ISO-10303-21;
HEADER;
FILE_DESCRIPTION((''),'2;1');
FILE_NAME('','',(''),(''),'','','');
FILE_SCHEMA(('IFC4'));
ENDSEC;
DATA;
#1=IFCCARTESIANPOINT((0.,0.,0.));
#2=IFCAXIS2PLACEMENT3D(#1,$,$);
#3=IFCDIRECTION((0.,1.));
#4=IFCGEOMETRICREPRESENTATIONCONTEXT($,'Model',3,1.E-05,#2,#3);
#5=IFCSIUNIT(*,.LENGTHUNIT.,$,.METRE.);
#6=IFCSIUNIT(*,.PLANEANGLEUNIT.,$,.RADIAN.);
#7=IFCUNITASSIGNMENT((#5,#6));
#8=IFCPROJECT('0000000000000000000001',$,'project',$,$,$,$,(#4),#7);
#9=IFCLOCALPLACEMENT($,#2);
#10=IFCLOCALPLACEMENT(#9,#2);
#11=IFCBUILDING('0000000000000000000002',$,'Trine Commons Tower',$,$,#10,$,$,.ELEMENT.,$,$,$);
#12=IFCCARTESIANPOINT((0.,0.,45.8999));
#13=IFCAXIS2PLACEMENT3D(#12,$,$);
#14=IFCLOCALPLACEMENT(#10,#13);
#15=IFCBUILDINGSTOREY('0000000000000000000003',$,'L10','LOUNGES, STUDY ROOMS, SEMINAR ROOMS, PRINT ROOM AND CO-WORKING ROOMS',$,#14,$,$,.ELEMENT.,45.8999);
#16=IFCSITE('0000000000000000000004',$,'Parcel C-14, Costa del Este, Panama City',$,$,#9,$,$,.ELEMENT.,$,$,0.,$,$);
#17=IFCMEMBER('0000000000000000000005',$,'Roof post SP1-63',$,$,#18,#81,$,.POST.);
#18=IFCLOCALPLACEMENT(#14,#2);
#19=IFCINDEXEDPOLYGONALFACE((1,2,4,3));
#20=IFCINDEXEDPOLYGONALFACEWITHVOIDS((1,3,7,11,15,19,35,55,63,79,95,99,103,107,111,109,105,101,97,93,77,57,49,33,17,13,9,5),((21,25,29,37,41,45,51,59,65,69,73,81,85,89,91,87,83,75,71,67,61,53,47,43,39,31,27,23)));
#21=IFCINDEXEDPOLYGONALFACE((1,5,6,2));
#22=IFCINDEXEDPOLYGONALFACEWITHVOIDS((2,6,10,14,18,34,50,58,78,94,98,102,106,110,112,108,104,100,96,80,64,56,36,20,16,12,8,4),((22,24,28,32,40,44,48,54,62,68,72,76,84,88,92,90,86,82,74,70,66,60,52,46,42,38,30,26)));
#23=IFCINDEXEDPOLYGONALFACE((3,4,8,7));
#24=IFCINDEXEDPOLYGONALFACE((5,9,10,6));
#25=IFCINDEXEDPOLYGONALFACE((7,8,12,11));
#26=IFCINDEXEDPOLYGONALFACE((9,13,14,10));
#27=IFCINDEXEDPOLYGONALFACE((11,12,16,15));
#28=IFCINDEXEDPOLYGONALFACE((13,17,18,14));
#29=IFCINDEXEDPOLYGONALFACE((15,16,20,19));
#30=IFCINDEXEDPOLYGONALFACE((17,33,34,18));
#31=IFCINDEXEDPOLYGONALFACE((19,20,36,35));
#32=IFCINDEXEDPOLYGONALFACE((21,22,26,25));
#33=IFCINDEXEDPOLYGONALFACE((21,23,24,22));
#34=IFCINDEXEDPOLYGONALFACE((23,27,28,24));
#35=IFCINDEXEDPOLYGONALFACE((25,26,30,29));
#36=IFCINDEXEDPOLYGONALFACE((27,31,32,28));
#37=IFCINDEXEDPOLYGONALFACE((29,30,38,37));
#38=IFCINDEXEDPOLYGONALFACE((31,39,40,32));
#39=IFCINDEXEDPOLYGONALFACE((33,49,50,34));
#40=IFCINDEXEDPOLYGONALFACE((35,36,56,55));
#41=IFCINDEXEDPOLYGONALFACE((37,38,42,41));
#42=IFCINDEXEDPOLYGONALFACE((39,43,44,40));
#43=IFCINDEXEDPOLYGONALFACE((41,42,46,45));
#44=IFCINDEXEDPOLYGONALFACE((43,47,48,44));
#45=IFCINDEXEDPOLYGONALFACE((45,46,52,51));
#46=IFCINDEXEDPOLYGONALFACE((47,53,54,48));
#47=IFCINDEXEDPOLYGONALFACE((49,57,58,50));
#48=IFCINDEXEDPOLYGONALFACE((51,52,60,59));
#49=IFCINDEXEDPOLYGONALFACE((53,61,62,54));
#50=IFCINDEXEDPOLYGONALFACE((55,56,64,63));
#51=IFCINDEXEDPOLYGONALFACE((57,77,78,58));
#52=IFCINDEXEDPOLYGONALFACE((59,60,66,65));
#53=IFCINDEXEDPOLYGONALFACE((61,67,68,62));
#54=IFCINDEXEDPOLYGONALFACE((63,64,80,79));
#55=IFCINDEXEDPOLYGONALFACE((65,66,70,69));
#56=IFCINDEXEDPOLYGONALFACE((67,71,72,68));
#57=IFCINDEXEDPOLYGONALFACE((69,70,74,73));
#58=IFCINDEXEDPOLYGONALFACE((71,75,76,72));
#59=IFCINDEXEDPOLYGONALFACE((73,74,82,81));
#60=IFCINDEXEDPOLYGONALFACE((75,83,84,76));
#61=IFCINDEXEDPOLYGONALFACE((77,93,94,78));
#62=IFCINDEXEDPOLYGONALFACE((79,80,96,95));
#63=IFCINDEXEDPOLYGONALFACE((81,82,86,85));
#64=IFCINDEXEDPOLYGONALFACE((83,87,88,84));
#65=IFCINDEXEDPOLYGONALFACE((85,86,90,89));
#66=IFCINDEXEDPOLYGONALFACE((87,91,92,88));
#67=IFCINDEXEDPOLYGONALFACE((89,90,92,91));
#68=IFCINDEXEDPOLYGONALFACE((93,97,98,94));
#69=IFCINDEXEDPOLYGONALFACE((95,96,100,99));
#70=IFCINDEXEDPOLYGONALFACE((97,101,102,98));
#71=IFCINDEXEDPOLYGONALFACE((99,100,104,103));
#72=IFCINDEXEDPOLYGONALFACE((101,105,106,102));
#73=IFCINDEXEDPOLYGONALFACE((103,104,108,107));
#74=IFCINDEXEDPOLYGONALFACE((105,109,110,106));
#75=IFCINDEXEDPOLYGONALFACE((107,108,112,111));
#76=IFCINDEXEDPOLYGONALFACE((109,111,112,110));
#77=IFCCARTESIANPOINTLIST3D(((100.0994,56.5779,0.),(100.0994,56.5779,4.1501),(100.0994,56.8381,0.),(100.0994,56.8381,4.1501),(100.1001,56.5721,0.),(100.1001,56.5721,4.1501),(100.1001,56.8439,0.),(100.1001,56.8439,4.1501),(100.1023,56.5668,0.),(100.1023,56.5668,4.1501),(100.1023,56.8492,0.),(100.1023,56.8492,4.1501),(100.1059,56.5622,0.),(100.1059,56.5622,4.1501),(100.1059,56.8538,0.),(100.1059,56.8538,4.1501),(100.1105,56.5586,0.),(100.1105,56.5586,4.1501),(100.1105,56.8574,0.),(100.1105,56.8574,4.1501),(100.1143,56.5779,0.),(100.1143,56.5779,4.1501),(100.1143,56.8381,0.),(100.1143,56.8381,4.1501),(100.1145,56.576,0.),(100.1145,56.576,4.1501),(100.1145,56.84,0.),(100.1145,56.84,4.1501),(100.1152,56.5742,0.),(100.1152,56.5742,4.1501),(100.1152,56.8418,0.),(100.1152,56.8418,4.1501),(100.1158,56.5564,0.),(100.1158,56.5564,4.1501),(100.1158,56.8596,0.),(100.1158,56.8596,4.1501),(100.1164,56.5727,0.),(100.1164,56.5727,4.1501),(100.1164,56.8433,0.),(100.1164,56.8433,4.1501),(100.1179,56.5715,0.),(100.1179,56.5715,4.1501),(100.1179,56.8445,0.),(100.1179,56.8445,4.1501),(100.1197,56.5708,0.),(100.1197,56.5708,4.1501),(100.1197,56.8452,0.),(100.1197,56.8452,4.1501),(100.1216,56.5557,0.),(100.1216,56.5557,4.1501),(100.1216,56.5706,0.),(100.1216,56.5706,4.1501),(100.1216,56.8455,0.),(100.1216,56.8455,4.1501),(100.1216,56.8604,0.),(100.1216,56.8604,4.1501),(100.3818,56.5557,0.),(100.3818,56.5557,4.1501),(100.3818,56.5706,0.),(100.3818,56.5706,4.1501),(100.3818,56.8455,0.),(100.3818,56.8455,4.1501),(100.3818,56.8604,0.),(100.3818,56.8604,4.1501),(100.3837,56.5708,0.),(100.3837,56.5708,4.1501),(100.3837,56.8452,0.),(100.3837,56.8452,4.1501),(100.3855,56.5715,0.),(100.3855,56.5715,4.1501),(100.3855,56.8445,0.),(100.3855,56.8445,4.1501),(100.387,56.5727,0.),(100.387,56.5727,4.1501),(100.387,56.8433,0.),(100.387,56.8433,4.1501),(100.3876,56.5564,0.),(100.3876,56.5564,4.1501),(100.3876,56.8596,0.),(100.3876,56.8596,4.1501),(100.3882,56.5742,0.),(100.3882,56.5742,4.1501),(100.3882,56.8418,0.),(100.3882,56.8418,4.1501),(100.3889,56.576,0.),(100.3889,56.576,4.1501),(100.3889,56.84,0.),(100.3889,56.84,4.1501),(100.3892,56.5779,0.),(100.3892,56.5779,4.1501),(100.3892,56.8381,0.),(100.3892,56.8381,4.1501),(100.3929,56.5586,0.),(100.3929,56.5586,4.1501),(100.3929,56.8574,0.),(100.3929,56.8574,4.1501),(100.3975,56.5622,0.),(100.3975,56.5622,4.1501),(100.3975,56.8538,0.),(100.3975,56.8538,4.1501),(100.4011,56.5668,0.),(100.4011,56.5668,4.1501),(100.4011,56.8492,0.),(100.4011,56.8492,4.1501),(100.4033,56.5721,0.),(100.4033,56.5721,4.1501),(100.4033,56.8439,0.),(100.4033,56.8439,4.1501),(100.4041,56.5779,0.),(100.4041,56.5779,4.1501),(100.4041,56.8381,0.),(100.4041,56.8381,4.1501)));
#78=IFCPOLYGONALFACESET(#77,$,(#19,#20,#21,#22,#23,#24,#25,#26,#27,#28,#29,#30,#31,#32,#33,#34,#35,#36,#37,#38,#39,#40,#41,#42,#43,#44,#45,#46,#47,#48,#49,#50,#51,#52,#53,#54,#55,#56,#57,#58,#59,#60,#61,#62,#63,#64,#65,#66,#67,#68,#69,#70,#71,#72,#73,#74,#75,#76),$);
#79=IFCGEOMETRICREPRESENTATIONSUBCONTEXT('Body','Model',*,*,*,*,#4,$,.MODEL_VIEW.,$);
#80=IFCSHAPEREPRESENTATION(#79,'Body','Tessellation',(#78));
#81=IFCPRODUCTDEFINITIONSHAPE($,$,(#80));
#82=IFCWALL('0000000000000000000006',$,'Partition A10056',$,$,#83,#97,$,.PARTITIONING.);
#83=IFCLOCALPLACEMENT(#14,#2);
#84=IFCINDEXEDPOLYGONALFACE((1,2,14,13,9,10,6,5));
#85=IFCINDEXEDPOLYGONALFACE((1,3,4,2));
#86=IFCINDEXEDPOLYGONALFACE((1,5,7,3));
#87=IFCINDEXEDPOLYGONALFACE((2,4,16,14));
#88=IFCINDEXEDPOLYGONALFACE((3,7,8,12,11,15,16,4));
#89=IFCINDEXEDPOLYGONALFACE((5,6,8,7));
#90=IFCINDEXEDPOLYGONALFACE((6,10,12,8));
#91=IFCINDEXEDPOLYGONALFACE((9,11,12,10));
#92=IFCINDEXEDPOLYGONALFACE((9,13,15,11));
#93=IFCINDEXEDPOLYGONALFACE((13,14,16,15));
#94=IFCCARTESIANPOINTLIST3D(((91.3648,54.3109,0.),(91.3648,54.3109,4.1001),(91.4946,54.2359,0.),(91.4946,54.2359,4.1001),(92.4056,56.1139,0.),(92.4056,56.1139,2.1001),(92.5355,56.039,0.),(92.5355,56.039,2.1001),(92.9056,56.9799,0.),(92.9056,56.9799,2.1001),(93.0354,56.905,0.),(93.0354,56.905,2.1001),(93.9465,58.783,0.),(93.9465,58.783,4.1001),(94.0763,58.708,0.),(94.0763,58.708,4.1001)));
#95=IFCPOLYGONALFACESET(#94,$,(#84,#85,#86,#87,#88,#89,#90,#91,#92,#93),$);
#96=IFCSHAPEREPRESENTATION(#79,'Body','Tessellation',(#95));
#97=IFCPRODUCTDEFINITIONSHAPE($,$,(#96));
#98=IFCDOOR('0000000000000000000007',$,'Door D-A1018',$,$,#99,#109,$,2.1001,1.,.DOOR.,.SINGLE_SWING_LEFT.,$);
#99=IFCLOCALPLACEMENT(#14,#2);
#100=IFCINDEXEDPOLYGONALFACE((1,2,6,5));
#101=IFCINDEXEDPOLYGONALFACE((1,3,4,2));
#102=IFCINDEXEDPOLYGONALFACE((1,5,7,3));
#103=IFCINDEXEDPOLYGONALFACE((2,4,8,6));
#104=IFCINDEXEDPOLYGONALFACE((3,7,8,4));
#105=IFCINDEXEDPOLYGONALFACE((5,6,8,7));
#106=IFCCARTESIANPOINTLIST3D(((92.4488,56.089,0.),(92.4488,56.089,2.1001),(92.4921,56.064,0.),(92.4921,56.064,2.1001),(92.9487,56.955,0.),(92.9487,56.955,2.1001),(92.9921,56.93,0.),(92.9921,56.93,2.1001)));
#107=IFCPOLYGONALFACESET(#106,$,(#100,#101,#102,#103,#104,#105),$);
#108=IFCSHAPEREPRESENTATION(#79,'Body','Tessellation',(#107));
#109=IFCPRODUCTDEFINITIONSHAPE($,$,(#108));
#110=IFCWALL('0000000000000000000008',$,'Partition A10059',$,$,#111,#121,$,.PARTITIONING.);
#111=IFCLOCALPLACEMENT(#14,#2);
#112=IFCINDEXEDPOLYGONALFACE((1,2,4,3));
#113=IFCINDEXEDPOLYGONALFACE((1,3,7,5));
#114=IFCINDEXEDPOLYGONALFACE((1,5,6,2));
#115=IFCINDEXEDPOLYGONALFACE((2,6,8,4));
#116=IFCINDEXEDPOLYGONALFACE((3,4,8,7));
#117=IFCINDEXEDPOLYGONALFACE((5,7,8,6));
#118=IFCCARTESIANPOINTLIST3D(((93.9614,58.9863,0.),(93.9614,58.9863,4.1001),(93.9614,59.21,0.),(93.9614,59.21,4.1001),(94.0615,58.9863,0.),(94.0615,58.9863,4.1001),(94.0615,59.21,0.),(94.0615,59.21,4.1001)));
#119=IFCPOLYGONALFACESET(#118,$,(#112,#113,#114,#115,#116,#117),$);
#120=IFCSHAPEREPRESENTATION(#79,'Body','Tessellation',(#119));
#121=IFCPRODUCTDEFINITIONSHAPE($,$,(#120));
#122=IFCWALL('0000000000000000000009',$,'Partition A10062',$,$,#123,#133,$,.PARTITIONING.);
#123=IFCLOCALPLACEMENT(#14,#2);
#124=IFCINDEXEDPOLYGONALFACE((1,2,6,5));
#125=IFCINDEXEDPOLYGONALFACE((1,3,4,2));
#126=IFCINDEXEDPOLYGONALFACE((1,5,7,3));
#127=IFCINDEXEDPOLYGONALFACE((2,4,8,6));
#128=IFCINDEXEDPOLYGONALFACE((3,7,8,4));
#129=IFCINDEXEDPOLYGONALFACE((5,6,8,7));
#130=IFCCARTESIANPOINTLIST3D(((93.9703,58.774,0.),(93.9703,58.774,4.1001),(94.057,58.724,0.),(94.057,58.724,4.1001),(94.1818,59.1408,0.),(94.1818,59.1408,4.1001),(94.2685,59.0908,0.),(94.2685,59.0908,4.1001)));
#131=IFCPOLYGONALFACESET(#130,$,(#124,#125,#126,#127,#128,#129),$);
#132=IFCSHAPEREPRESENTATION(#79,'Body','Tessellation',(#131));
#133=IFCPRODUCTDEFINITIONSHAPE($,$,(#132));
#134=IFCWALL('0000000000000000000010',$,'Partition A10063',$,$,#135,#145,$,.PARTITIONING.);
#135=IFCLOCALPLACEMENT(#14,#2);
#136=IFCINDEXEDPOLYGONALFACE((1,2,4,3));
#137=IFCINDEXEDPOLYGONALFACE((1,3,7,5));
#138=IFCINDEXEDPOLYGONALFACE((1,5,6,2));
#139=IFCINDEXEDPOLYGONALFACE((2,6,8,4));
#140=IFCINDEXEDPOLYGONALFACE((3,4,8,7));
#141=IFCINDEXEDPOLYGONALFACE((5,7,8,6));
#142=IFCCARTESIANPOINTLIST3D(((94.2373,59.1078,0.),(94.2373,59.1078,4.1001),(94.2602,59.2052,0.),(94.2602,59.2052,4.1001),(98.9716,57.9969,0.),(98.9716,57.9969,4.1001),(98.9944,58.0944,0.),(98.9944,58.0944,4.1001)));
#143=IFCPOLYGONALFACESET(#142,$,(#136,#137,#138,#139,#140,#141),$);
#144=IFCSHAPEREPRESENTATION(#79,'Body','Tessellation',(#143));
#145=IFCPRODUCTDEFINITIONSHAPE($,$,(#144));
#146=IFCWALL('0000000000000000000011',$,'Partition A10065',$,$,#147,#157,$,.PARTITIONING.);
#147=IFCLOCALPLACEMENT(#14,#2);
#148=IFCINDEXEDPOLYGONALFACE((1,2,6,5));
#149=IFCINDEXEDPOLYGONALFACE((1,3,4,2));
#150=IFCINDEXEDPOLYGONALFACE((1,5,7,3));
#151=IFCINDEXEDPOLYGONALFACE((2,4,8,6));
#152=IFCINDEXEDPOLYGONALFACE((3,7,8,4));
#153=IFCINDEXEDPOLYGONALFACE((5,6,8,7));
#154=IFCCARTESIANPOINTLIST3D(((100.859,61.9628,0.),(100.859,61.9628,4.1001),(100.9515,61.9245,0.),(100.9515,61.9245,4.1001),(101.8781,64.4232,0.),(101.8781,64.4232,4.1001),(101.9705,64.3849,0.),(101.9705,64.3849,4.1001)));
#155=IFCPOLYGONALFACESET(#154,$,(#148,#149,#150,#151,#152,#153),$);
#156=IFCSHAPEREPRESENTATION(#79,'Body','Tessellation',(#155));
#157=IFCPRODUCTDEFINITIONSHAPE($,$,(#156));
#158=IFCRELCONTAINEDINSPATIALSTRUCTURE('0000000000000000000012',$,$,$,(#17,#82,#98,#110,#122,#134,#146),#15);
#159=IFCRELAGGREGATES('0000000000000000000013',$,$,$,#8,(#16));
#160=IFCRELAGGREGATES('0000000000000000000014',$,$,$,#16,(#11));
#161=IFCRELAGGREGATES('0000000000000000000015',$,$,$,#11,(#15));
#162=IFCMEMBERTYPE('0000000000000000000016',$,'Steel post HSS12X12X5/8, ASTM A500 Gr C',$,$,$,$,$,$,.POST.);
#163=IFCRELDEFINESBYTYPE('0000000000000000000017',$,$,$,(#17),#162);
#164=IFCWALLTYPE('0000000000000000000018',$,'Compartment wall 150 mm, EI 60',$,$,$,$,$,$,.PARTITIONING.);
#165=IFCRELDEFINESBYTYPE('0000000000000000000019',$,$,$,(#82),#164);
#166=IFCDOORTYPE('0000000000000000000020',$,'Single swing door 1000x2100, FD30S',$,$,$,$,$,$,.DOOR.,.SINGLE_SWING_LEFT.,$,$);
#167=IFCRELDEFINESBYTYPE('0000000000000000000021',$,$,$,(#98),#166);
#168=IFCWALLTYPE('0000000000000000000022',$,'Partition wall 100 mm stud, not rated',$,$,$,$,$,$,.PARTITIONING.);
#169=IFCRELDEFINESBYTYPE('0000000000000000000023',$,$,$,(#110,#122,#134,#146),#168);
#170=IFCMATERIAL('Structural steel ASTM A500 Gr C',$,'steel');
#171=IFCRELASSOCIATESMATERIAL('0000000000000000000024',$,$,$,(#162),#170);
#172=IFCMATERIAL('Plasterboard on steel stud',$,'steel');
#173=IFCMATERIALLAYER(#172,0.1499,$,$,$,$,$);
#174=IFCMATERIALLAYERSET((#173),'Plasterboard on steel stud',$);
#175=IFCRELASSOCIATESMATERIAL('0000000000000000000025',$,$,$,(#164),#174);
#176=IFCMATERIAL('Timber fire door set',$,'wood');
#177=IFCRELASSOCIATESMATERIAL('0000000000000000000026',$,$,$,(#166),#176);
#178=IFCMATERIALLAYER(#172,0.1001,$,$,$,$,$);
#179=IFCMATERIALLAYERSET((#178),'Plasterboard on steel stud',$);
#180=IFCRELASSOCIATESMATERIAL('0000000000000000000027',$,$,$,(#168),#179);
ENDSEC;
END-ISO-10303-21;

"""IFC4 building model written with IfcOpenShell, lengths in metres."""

from ifc_helpers import new_model, si_unit, direction, frame, frame_2d, origin, origin_2d, place, context, subcontext, project, spatial, rectangle, hollow_rectangle, extrude, material, layer, layer_set, material_profile, profile_set, type_object, element, fill, save


model = new_model("IFC4")

# Units and contexts
model_context = context("Model", 3, precision=1e-05, world=origin(), true_north=direction((0.0, 1.0)))
body_context = subcontext(model_context, "Body", "Model", "MODEL_VIEW")
ifc_project = project(units=[si_unit("LENGTHUNIT", "METRE"), si_unit("PLANEANGLEUNIT", "RADIAN")], contexts=[model_context])

# Site, building, storey
site_placement = place(None, origin())
site = spatial("IfcSite", under=ifc_project, at=site_placement, Name="Parcel C-14, Costa del Este, Panama City", CompositionType="ELEMENT", RefElevation=0.0)
building_placement = place(site_placement, origin())
building = spatial("IfcBuilding", under=site, at=building_placement, Name="Trine Commons Tower", CompositionType="ELEMENT")
storey_placement = place(building_placement, frame((0.0, 0.0, 45.8999)))
storey = spatial("IfcBuildingStorey", under=building, at=storey_placement, Name="L10", Description="LOUNGES, STUDY ROOMS, SEMINAR ROOMS, PRINT ROOM AND CO-WORKING ROOMS", CompositionType="ELEMENT", Elevation=45.8999)

# Member
ifc_material_1 = material(Name="Structural steel ASTM A500 Gr C", Category="steel")
ifc_material_profile_1 = material_profile(ifc_material_1, hollow_rectangle(XDim=0.3047, YDim=0.3047, WallThickness=0.0149, InnerFilletRadius=0.0073, OuterFilletRadius=0.0222, at=origin_2d()), Name="HSS12X12X5/8")
ifc_profile_set_1 = profile_set([ifc_material_profile_1], Name="Structural steel ASTM A500 Gr C")
member_type_1 = type_object("IfcMemberType", Name="Steel post HSS12X12X5/8, ASTM A500 Gr C", PredefinedType="POST", material=ifc_profile_set_1)
member_1_placement = place(storey_placement, frame((100.2517, 56.708, 0.0), z_axis=(0.0, 0.0, 1.0), x_axis=(1.0, 0.0, 0.0)))
element("IfcMember", 1, at=member_1_placement, inside=storey, type_object=member_type_1, Name="Roof post SP1-63", PredefinedType="POST", context=body_context, shape_type="SweptSolid", body=[
    extrude(hollow_rectangle(XDim=0.3047, YDim=0.3047, WallThickness=0.0149, InnerFilletRadius=0.0073, OuterFilletRadius=0.0222, at=origin_2d()), origin(), (0.0, 0.0, 1.0), 4.1501),
])

# Wall, opening, door
ifc_material_2 = material(Name="Plasterboard on steel stud", Category="steel")
ifc_layer_1 = layer(ifc_material_2, 0.1499)
ifc_layer_set_1 = layer_set([ifc_layer_1], Name="Plasterboard on steel stud")
wall_type_1 = type_object("IfcWallType", Name="Compartment wall 150 mm, EI 60", PredefinedType="PARTITIONING", material=ifc_layer_set_1)
wall_1_placement = place(storey_placement, frame((94.0115, 58.7456, 0.0), z_axis=(0.0, 0.0, 1.0), x_axis=(-0.499968, -0.866044, 0.0)))
wall_1 = element("IfcWall", 2, at=wall_1_placement, inside=storey, type_object=wall_type_1, Name="Partition A10056", PredefinedType="PARTITIONING", context=body_context, shape_type="SweptSolid", body=[
    extrude(rectangle(XDim=5.1638, YDim=0.1499, at=frame_2d((2.582, 0.0))), origin(), (0.0, 0.0, 1.0), 4.1001),
])
opening_1_placement = place(wall_1_placement, frame((2.082, 0.0, 0.0)))
opening_1 = element("IfcOpeningElement", 3, at=opening_1_placement, cuts=wall_1, PredefinedType="OPENING", context=body_context, shape_type="SweptSolid", body=[
    extrude(rectangle(XDim=1.0, YDim=2.1001, at=frame_2d((0.5, 1.05))), frame((0.0, 0.085, 0.0), z_axis=(0.0, -1.0, 0.0), x_axis=(1.0, 0.0, 0.0)), (0.0, 0.0, 1.0), 0.1699),
])
ifc_material_3 = material(Name="Timber fire door set", Category="wood")
door_type_1 = type_object("IfcDoorType", Name="Single swing door 1000x2100, FD30S", OperationType="SINGLE_SWING_LEFT", PredefinedType="DOOR", material=ifc_material_3)
door_1_placement = place(opening_1_placement, origin())
door_1 = element("IfcDoor", 4, at=door_1_placement, inside=storey, type_object=door_type_1, Name="Door D-A1018", OperationType="SINGLE_SWING_LEFT", OverallHeight=2.1001, OverallWidth=1.0, PredefinedType="DOOR", context=body_context, shape_type="SweptSolid", body=[
    extrude(rectangle(XDim=1.0, YDim=2.1001, at=frame_2d((0.5, 1.05))), frame((0.0, 0.0249, 0.0), z_axis=(0.0, -1.0, 0.0), x_axis=(1.0, 0.0, 0.0)), (0.0, 0.0, 1.0), 0.05),
])
fill(opening_1, door_1)

# Walls
ifc_layer_2 = layer(ifc_material_2, 0.1001)
ifc_layer_set_2 = layer_set([ifc_layer_2], Name="Plasterboard on steel stud")
wall_type_2 = type_object("IfcWallType", Name="Partition wall 100 mm stud, not rated", PredefinedType="PARTITIONING", material=ifc_layer_set_2)
wall_2_placement = place(storey_placement, frame((94.0115, 58.9863, 0.0), z_axis=(0.0, 0.0, 1.0), x_axis=(0.0, 1.0, 0.0)))
element("IfcWall", 5, at=wall_2_placement, inside=storey, type_object=wall_type_2, Name="Partition A10059", PredefinedType="PARTITIONING", context=body_context, shape_type="SweptSolid", body=[
    extrude(rectangle(XDim=0.2236, YDim=0.1001, at=frame_2d((0.1118, 0.0))), origin(), (0.0, 0.0, 1.0), 4.1001),
])
wall_3_placement = place(storey_placement, frame((94.0137, 58.749, 0.0), z_axis=(0.0, 0.0, 1.0), x_axis=(0.499489, 0.86632, 0.0)))
element("IfcWall", 6, at=wall_3_placement, inside=storey, type_object=wall_type_2, Name="Partition A10062", PredefinedType="PARTITIONING", context=body_context, shape_type="SweptSolid", body=[
    extrude(rectangle(XDim=0.4233, YDim=0.1001, at=frame_2d((0.2117, 0.0))), origin(), (0.0, 0.0, 1.0), 4.1001),
])
wall_4_placement = place(storey_placement, frame((94.2488, 59.1565, 0.0), z_axis=(0.0, 0.0, 1.0), x_axis=(0.973558, -0.22844, 0.0)))
element("IfcWall", 7, at=wall_4_placement, inside=storey, type_object=wall_type_2, Name="Partition A10063", PredefinedType="PARTITIONING", context=body_context, shape_type="SweptSolid", body=[
    extrude(rectangle(XDim=4.8628, YDim=0.1001, at=frame_2d((2.4314, 0.0))), origin(), (0.0, 0.0, 1.0), 4.1001),
])
wall_5_placement = place(storey_placement, frame((100.9053, 61.9436, 0.0), z_axis=(0.0, 0.0, 1.0), x_axis=(0.382649, 0.923894, 0.0)))
element("IfcWall", 8, at=wall_5_placement, inside=storey, type_object=wall_type_2, Name="Partition A10065", PredefinedType="PARTITIONING", context=body_context, shape_type="SweptSolid", body=[
    extrude(rectangle(XDim=2.6631, YDim=0.1001, at=frame_2d((1.3315, 0.0))), origin(), (0.0, 0.0, 1.0), 4.1001),
])

save(model, "model.ifc")
